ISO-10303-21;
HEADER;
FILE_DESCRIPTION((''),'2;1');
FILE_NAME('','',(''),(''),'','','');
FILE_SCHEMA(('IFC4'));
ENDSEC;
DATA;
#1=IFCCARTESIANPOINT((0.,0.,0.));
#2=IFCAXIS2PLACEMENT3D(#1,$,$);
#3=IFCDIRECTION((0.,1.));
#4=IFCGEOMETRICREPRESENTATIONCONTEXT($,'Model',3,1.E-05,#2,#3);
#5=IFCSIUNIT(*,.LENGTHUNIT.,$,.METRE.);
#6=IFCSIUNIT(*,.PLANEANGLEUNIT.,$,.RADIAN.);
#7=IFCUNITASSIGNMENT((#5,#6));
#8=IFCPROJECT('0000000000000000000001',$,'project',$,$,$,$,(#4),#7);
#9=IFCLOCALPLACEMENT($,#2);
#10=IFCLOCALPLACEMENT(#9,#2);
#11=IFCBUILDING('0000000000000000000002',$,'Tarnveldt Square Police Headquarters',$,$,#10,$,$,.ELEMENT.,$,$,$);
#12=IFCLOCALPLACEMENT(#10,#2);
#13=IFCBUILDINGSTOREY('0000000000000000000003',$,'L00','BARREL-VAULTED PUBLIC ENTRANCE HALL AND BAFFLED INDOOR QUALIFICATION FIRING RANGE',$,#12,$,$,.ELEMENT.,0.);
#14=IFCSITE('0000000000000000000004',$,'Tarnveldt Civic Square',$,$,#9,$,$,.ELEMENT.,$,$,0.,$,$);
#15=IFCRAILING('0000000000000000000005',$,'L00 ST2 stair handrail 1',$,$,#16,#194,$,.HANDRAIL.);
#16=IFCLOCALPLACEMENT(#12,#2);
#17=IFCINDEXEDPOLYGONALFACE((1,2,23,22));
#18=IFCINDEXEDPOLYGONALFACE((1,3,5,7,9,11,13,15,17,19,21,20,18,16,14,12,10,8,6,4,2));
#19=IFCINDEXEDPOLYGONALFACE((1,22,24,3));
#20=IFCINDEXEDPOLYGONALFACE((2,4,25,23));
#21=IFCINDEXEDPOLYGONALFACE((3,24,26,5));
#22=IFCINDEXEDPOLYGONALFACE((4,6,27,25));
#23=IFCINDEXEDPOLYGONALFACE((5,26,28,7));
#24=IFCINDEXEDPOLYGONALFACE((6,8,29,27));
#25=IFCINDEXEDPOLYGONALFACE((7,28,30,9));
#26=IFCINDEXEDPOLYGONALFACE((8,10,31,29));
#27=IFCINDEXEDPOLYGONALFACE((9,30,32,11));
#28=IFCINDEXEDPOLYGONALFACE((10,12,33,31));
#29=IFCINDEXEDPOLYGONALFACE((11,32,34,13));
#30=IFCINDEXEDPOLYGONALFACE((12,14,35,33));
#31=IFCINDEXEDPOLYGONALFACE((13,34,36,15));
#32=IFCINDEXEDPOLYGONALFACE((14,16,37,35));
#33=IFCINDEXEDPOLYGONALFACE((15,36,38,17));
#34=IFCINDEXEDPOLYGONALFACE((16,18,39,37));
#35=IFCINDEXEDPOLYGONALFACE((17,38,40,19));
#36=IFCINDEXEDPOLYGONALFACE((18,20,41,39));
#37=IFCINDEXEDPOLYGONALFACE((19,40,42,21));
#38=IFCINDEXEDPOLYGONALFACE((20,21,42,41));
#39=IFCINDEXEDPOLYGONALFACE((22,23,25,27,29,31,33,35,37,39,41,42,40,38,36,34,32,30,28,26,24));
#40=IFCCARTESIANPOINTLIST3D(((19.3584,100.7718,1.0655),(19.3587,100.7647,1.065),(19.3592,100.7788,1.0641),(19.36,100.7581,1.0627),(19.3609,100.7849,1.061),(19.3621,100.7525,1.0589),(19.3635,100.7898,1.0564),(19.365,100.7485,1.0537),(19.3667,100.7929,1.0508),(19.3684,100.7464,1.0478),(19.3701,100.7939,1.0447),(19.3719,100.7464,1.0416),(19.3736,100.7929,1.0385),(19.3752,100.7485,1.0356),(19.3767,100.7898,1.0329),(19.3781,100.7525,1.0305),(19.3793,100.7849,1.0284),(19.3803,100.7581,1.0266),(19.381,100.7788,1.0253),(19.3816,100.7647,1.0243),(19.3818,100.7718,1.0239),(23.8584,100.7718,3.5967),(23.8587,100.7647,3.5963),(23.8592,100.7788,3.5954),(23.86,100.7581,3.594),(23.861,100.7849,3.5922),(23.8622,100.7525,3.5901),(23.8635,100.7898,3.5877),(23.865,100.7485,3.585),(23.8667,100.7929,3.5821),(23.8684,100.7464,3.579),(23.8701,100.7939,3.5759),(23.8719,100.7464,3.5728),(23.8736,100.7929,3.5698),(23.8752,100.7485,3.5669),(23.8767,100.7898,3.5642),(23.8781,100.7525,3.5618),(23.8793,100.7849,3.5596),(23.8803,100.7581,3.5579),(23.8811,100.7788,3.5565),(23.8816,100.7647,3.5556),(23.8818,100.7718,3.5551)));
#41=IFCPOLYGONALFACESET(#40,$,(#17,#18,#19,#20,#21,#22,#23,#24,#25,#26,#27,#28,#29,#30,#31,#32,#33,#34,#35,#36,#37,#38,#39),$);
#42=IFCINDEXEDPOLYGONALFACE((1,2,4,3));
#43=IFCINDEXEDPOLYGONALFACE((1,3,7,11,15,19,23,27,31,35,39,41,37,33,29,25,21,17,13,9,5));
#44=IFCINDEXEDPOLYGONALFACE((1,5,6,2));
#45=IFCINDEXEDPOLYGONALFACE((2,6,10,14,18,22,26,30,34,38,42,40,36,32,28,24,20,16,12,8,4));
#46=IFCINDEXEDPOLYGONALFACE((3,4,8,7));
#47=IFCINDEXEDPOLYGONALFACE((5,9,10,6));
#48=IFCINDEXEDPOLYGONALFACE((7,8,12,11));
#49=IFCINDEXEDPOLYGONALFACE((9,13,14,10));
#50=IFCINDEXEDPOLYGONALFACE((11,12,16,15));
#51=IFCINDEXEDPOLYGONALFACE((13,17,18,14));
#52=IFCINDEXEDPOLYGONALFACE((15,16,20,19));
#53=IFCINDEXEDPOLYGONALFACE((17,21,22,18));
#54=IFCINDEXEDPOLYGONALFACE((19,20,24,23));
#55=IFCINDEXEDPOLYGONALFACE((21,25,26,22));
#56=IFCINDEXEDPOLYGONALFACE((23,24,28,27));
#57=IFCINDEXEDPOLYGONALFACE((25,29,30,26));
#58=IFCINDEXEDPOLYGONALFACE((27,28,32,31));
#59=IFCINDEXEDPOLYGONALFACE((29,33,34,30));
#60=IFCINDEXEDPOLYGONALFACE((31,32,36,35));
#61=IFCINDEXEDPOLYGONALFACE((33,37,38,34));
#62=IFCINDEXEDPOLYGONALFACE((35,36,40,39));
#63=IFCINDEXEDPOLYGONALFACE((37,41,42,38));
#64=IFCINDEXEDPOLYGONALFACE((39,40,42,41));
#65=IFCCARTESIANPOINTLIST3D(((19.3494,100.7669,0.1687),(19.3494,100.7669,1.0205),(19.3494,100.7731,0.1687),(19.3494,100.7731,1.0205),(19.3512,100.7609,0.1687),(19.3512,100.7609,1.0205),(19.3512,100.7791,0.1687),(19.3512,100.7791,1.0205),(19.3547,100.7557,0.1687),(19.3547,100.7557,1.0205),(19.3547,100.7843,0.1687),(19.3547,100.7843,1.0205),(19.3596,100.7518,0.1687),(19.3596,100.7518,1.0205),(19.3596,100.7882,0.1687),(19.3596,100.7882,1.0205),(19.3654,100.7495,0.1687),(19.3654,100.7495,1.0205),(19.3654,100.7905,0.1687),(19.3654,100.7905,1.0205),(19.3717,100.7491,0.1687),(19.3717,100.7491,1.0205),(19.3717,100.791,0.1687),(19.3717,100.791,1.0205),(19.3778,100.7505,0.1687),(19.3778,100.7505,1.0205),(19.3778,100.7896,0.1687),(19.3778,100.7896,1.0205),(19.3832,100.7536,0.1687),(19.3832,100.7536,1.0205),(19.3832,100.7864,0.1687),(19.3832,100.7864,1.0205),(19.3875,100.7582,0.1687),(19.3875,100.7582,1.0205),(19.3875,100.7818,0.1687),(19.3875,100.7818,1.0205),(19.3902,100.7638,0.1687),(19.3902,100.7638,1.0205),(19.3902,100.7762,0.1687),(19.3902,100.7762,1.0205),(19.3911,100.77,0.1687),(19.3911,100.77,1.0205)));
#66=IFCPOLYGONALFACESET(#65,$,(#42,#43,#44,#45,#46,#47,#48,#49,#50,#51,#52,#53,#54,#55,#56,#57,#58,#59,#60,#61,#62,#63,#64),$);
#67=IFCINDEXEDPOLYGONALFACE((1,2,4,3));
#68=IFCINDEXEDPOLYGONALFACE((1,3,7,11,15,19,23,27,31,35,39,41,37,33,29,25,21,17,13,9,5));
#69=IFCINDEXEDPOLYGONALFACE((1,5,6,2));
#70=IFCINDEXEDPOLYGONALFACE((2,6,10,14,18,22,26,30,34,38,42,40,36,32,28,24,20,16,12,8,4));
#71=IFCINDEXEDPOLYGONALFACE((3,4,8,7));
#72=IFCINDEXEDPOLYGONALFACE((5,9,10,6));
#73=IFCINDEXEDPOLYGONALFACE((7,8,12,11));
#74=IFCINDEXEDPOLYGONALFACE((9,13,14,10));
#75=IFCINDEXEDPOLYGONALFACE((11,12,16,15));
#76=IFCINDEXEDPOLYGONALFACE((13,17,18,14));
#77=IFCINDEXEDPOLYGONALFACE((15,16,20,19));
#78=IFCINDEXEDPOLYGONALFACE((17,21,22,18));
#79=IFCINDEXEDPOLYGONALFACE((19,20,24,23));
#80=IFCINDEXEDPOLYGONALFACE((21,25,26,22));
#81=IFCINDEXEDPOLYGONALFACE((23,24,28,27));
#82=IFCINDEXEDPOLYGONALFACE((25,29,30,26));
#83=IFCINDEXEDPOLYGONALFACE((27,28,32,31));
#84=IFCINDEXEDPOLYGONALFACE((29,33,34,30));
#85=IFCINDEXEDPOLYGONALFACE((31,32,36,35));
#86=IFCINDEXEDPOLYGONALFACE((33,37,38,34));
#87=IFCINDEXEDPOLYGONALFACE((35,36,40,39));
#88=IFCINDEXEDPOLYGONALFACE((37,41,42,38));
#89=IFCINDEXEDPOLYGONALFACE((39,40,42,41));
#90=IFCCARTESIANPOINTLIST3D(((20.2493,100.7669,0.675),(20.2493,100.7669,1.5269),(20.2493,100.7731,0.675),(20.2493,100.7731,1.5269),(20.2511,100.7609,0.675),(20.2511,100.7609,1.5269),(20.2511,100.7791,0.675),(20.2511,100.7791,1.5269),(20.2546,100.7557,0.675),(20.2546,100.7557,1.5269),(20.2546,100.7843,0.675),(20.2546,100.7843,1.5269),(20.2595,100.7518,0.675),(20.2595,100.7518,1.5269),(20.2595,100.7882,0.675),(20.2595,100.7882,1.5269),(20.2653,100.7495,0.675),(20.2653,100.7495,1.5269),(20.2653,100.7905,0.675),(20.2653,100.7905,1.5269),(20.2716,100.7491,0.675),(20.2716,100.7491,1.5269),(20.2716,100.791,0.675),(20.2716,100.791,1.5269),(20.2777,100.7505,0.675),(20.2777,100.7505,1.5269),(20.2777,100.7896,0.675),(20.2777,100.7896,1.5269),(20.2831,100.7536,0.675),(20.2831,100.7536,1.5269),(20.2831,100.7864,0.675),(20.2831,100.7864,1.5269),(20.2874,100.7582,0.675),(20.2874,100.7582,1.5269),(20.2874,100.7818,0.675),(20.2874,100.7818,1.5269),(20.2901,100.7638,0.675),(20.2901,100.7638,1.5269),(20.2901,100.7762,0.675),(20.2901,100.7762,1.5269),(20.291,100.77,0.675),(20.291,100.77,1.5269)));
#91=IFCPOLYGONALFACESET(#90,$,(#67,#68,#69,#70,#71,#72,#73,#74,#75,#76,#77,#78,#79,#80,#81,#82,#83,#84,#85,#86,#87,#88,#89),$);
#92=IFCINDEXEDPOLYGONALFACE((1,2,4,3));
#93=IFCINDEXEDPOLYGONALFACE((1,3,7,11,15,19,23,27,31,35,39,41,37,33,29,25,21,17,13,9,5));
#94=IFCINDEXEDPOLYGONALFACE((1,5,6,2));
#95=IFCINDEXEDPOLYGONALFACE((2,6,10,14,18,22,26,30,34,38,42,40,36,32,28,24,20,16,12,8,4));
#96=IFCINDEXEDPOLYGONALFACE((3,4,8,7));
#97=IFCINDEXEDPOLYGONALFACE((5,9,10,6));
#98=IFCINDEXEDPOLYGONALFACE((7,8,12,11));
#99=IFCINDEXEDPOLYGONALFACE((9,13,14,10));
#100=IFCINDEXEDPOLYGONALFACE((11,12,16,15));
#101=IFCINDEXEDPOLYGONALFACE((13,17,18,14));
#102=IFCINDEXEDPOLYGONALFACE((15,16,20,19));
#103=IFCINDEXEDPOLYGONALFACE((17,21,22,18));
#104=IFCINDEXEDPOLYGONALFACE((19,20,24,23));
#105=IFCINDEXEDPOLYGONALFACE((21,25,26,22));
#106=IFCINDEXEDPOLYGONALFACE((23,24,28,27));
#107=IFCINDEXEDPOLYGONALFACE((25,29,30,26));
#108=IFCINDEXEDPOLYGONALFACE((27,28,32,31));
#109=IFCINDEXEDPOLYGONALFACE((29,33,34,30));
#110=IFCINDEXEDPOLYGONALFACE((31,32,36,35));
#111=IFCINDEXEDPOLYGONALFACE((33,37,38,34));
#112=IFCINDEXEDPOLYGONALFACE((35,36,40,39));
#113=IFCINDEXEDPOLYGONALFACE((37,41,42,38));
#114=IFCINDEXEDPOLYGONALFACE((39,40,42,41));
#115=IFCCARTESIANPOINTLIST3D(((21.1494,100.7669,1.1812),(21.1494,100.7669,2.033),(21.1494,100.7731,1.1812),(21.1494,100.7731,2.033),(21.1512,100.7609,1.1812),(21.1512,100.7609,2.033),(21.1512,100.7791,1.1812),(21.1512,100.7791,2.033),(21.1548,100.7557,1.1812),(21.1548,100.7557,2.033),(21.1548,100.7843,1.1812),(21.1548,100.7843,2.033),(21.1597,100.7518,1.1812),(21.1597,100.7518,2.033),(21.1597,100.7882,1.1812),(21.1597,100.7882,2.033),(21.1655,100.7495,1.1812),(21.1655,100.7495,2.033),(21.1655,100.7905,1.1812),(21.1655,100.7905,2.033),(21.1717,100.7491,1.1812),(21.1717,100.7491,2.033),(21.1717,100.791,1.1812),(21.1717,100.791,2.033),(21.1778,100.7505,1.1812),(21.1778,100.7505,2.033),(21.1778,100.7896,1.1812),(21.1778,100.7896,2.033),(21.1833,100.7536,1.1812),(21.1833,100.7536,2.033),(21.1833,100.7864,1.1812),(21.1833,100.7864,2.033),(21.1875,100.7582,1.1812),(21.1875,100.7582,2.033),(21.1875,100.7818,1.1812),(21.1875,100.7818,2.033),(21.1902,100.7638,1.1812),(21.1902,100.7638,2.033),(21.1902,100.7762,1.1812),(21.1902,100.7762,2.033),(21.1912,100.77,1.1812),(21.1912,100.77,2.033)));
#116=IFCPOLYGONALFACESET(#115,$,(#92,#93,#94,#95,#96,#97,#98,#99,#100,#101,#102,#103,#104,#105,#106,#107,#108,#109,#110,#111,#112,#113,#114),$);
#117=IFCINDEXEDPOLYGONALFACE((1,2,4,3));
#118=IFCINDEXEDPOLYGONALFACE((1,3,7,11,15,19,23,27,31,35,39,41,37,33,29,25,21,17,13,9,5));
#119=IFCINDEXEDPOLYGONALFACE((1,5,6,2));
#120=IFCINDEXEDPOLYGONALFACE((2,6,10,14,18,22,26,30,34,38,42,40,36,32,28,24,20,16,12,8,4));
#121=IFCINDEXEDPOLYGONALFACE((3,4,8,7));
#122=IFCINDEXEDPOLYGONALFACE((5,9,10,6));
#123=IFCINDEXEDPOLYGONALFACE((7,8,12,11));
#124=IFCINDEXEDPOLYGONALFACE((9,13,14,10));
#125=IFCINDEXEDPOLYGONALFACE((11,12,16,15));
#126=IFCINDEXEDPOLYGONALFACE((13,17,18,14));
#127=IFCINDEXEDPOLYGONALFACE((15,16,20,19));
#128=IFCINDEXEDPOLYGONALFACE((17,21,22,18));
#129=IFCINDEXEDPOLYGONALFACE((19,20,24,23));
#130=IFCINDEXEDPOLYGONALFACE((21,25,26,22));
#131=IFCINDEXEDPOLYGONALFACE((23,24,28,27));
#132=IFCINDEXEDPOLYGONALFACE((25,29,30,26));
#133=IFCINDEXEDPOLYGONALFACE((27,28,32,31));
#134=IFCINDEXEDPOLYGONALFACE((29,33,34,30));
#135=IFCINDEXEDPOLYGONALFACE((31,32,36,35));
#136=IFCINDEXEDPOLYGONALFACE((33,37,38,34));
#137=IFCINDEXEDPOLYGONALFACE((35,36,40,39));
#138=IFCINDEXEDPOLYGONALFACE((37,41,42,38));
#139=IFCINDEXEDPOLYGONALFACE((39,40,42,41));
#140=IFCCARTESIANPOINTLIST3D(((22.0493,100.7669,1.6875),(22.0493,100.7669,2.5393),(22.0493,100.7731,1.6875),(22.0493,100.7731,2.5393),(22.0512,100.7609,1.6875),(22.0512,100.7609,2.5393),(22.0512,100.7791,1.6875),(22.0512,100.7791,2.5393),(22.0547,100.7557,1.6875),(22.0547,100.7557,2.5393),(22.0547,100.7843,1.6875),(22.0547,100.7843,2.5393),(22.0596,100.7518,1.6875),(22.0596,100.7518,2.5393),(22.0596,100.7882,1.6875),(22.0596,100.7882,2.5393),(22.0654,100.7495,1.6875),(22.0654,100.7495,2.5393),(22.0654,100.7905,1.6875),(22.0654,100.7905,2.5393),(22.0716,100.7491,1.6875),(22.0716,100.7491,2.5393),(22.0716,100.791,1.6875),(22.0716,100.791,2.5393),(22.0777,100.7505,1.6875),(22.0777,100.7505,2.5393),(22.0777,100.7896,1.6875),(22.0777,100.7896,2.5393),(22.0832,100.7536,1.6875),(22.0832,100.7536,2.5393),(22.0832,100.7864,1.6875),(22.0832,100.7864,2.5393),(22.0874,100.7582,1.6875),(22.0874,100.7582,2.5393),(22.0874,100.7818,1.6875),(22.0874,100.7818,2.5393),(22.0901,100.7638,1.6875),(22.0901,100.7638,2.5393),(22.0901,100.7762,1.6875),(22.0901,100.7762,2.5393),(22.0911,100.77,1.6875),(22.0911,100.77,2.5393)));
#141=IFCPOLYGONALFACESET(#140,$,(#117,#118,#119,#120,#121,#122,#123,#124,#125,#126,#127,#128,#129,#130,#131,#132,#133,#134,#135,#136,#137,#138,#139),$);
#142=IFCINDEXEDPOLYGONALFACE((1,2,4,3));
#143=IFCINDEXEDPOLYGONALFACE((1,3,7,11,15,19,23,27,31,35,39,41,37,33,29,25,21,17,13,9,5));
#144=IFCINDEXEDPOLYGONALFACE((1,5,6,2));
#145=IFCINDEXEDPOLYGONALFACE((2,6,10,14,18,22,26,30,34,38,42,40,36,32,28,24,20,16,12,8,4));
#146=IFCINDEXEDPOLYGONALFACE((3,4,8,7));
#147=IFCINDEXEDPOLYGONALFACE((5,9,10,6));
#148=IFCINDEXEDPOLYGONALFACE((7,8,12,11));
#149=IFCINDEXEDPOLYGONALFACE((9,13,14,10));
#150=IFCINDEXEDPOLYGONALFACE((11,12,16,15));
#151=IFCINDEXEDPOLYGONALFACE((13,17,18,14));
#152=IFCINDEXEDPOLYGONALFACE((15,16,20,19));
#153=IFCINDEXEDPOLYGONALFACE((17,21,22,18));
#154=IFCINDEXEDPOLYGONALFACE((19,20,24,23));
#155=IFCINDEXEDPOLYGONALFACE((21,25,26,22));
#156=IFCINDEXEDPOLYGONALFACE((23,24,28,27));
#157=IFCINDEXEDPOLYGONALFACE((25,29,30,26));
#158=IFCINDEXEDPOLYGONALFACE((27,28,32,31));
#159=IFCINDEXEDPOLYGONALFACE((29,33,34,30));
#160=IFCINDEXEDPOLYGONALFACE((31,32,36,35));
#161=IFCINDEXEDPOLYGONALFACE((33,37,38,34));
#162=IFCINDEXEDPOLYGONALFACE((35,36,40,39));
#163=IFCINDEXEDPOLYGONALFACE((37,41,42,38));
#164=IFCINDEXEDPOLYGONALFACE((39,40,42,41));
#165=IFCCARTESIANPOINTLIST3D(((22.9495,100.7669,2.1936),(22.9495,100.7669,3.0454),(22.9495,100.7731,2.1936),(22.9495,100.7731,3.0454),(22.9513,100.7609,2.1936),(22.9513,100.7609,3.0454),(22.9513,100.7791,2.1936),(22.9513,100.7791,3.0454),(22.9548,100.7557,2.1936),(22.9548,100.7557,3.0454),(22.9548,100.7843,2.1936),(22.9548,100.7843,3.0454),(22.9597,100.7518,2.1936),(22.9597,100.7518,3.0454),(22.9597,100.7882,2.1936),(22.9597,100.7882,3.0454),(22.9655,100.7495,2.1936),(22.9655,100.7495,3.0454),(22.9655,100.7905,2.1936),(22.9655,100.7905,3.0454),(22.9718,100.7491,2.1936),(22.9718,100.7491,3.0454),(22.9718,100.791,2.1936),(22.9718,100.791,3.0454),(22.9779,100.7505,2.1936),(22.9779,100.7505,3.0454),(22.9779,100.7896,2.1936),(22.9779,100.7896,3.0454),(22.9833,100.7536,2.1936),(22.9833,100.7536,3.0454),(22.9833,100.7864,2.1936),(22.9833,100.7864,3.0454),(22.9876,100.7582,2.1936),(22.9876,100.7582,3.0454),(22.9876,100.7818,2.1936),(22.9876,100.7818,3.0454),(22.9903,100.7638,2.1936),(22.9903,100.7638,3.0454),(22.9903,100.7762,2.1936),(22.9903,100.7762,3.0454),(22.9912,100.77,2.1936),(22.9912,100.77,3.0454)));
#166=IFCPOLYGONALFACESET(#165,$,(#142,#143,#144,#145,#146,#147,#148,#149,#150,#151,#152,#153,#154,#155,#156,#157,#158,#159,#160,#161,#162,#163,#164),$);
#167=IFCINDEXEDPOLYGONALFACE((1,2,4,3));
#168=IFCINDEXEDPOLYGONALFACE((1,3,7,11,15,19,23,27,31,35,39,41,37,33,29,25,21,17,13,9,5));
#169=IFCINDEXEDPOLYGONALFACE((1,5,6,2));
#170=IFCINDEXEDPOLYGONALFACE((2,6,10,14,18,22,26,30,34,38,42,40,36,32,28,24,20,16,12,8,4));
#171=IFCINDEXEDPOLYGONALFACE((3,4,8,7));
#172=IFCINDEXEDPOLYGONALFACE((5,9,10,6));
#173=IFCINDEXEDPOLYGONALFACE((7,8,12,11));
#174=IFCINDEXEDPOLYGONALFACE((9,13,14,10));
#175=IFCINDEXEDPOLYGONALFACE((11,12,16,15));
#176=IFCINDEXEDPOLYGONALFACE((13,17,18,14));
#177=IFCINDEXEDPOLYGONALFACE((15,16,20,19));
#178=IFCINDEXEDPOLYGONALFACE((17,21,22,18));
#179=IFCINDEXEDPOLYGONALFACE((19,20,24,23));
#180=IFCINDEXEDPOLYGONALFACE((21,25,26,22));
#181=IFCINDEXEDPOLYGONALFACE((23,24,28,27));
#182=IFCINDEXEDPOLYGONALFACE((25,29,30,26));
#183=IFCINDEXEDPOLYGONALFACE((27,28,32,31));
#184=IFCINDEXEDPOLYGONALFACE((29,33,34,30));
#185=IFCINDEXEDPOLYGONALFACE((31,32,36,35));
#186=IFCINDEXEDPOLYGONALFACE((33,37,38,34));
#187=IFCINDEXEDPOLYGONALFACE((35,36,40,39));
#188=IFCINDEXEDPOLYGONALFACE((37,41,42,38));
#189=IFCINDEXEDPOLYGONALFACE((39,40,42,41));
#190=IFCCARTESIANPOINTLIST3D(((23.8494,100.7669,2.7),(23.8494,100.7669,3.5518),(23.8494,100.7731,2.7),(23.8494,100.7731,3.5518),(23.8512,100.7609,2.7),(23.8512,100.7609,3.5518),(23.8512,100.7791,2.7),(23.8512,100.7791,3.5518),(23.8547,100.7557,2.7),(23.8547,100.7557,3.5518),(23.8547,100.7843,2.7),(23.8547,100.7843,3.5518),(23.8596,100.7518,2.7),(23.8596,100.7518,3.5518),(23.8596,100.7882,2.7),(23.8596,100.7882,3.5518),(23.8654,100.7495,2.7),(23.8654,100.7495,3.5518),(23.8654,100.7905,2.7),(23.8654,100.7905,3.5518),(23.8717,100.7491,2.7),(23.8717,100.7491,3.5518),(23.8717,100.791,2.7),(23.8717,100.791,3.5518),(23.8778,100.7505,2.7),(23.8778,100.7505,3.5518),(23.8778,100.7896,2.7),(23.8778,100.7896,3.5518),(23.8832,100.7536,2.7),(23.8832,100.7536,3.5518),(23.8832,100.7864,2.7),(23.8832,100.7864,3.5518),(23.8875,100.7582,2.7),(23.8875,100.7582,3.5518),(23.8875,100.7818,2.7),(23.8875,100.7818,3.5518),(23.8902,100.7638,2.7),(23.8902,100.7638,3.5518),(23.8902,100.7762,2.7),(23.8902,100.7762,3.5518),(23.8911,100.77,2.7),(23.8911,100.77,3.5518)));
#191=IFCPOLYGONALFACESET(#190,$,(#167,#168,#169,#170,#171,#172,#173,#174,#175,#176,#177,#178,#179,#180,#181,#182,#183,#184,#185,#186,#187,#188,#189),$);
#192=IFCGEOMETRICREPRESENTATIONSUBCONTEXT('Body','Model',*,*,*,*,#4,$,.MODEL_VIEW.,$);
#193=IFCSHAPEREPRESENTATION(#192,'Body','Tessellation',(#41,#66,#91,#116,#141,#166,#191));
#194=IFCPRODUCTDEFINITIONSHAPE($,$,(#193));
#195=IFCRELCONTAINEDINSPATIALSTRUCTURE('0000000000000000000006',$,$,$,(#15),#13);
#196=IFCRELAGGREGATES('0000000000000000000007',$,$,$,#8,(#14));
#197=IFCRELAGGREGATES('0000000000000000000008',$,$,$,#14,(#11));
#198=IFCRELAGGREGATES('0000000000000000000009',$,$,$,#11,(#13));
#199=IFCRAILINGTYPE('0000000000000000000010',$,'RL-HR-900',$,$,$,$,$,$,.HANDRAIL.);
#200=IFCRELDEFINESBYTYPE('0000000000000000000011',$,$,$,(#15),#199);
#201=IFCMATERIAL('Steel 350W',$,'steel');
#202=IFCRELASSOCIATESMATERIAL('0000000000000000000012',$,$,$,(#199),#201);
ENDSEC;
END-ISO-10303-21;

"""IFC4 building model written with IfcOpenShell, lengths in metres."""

from ifc_helpers import new_model, si_unit, direction, frame, origin, origin_2d, place, context, subcontext, project, spatial, circle, extrude, material, type_object, element, save


model = new_model("IFC4")

# Units and contexts
model_context = context("Model", 3, precision=1e-05, world=origin(), true_north=direction((0.0, 1.0)))
body_context = subcontext(model_context, "Body", "Model", "MODEL_VIEW")
ifc_project = project(units=[si_unit("LENGTHUNIT", "METRE"), si_unit("PLANEANGLEUNIT", "RADIAN")], contexts=[model_context])

# Site, building, storey
site_placement = place(None, origin())
site = spatial("IfcSite", under=ifc_project, at=site_placement, Name="Tarnveldt Civic Square", CompositionType="ELEMENT", RefElevation=0.0)
building_placement = place(site_placement, origin())
building = spatial("IfcBuilding", under=site, at=building_placement, Name="Tarnveldt Square Police Headquarters", CompositionType="ELEMENT")
storey_placement = place(building_placement, origin())
storey = spatial("IfcBuildingStorey", under=building, at=storey_placement, Name="L00", Description="BARREL-VAULTED PUBLIC ENTRANCE HALL AND BAFFLED INDOOR QUALIFICATION FIRING RANGE", CompositionType="ELEMENT", Elevation=0.0)

# Shared definitions
ifc_material_1 = material(Name="Steel 350W", Category="steel")

# Railing
railing_type_1 = type_object("IfcRailingType", Name="RL-HR-900", PredefinedType="HANDRAIL", material=ifc_material_1)
railing_1_placement = place(storey_placement, frame((19.3701, 100.77, 0.1687)))
element("IfcRailing", 1, at=railing_1_placement, inside=storey, type_object=railing_type_1, Name="L00 ST2 stair handrail 1", PredefinedType="HANDRAIL", context=body_context, shape_type="SweptSolid", body=[
    extrude(circle(Radius=0.0239, at=origin_2d()), frame((0.0, 0.0, 0.876), z_axis=(0.871576, 0.0, 0.490261), x_axis=(0.0, 1.0, 0.0)), (0.0, 0.0, 1.0), 5.1631),
    extrude(circle(Radius=0.021, at=origin_2d()), origin(), (0.0, 0.0, 1.0), 0.8518),
    extrude(circle(Radius=0.021, at=origin_2d()), frame((0.8999, 0.0, 0.5063)), (0.0, 0.0, 1.0), 0.8518),
    extrude(circle(Radius=0.021, at=origin_2d()), frame((1.8, 0.0, 1.0125)), (0.0, 0.0, 1.0), 0.8518),
    extrude(circle(Radius=0.021, at=origin_2d()), frame((2.7, 0.0, 1.5188)), (0.0, 0.0, 1.0), 0.8518),
    extrude(circle(Radius=0.021, at=origin_2d()), frame((3.6001, 0.0, 2.0249)), (0.0, 0.0, 1.0), 0.8518),
    extrude(circle(Radius=0.021, at=origin_2d()), frame((4.5, 0.0, 2.5312)), (0.0, 0.0, 1.0), 0.8518),
])

save(model, "model.ifc")
